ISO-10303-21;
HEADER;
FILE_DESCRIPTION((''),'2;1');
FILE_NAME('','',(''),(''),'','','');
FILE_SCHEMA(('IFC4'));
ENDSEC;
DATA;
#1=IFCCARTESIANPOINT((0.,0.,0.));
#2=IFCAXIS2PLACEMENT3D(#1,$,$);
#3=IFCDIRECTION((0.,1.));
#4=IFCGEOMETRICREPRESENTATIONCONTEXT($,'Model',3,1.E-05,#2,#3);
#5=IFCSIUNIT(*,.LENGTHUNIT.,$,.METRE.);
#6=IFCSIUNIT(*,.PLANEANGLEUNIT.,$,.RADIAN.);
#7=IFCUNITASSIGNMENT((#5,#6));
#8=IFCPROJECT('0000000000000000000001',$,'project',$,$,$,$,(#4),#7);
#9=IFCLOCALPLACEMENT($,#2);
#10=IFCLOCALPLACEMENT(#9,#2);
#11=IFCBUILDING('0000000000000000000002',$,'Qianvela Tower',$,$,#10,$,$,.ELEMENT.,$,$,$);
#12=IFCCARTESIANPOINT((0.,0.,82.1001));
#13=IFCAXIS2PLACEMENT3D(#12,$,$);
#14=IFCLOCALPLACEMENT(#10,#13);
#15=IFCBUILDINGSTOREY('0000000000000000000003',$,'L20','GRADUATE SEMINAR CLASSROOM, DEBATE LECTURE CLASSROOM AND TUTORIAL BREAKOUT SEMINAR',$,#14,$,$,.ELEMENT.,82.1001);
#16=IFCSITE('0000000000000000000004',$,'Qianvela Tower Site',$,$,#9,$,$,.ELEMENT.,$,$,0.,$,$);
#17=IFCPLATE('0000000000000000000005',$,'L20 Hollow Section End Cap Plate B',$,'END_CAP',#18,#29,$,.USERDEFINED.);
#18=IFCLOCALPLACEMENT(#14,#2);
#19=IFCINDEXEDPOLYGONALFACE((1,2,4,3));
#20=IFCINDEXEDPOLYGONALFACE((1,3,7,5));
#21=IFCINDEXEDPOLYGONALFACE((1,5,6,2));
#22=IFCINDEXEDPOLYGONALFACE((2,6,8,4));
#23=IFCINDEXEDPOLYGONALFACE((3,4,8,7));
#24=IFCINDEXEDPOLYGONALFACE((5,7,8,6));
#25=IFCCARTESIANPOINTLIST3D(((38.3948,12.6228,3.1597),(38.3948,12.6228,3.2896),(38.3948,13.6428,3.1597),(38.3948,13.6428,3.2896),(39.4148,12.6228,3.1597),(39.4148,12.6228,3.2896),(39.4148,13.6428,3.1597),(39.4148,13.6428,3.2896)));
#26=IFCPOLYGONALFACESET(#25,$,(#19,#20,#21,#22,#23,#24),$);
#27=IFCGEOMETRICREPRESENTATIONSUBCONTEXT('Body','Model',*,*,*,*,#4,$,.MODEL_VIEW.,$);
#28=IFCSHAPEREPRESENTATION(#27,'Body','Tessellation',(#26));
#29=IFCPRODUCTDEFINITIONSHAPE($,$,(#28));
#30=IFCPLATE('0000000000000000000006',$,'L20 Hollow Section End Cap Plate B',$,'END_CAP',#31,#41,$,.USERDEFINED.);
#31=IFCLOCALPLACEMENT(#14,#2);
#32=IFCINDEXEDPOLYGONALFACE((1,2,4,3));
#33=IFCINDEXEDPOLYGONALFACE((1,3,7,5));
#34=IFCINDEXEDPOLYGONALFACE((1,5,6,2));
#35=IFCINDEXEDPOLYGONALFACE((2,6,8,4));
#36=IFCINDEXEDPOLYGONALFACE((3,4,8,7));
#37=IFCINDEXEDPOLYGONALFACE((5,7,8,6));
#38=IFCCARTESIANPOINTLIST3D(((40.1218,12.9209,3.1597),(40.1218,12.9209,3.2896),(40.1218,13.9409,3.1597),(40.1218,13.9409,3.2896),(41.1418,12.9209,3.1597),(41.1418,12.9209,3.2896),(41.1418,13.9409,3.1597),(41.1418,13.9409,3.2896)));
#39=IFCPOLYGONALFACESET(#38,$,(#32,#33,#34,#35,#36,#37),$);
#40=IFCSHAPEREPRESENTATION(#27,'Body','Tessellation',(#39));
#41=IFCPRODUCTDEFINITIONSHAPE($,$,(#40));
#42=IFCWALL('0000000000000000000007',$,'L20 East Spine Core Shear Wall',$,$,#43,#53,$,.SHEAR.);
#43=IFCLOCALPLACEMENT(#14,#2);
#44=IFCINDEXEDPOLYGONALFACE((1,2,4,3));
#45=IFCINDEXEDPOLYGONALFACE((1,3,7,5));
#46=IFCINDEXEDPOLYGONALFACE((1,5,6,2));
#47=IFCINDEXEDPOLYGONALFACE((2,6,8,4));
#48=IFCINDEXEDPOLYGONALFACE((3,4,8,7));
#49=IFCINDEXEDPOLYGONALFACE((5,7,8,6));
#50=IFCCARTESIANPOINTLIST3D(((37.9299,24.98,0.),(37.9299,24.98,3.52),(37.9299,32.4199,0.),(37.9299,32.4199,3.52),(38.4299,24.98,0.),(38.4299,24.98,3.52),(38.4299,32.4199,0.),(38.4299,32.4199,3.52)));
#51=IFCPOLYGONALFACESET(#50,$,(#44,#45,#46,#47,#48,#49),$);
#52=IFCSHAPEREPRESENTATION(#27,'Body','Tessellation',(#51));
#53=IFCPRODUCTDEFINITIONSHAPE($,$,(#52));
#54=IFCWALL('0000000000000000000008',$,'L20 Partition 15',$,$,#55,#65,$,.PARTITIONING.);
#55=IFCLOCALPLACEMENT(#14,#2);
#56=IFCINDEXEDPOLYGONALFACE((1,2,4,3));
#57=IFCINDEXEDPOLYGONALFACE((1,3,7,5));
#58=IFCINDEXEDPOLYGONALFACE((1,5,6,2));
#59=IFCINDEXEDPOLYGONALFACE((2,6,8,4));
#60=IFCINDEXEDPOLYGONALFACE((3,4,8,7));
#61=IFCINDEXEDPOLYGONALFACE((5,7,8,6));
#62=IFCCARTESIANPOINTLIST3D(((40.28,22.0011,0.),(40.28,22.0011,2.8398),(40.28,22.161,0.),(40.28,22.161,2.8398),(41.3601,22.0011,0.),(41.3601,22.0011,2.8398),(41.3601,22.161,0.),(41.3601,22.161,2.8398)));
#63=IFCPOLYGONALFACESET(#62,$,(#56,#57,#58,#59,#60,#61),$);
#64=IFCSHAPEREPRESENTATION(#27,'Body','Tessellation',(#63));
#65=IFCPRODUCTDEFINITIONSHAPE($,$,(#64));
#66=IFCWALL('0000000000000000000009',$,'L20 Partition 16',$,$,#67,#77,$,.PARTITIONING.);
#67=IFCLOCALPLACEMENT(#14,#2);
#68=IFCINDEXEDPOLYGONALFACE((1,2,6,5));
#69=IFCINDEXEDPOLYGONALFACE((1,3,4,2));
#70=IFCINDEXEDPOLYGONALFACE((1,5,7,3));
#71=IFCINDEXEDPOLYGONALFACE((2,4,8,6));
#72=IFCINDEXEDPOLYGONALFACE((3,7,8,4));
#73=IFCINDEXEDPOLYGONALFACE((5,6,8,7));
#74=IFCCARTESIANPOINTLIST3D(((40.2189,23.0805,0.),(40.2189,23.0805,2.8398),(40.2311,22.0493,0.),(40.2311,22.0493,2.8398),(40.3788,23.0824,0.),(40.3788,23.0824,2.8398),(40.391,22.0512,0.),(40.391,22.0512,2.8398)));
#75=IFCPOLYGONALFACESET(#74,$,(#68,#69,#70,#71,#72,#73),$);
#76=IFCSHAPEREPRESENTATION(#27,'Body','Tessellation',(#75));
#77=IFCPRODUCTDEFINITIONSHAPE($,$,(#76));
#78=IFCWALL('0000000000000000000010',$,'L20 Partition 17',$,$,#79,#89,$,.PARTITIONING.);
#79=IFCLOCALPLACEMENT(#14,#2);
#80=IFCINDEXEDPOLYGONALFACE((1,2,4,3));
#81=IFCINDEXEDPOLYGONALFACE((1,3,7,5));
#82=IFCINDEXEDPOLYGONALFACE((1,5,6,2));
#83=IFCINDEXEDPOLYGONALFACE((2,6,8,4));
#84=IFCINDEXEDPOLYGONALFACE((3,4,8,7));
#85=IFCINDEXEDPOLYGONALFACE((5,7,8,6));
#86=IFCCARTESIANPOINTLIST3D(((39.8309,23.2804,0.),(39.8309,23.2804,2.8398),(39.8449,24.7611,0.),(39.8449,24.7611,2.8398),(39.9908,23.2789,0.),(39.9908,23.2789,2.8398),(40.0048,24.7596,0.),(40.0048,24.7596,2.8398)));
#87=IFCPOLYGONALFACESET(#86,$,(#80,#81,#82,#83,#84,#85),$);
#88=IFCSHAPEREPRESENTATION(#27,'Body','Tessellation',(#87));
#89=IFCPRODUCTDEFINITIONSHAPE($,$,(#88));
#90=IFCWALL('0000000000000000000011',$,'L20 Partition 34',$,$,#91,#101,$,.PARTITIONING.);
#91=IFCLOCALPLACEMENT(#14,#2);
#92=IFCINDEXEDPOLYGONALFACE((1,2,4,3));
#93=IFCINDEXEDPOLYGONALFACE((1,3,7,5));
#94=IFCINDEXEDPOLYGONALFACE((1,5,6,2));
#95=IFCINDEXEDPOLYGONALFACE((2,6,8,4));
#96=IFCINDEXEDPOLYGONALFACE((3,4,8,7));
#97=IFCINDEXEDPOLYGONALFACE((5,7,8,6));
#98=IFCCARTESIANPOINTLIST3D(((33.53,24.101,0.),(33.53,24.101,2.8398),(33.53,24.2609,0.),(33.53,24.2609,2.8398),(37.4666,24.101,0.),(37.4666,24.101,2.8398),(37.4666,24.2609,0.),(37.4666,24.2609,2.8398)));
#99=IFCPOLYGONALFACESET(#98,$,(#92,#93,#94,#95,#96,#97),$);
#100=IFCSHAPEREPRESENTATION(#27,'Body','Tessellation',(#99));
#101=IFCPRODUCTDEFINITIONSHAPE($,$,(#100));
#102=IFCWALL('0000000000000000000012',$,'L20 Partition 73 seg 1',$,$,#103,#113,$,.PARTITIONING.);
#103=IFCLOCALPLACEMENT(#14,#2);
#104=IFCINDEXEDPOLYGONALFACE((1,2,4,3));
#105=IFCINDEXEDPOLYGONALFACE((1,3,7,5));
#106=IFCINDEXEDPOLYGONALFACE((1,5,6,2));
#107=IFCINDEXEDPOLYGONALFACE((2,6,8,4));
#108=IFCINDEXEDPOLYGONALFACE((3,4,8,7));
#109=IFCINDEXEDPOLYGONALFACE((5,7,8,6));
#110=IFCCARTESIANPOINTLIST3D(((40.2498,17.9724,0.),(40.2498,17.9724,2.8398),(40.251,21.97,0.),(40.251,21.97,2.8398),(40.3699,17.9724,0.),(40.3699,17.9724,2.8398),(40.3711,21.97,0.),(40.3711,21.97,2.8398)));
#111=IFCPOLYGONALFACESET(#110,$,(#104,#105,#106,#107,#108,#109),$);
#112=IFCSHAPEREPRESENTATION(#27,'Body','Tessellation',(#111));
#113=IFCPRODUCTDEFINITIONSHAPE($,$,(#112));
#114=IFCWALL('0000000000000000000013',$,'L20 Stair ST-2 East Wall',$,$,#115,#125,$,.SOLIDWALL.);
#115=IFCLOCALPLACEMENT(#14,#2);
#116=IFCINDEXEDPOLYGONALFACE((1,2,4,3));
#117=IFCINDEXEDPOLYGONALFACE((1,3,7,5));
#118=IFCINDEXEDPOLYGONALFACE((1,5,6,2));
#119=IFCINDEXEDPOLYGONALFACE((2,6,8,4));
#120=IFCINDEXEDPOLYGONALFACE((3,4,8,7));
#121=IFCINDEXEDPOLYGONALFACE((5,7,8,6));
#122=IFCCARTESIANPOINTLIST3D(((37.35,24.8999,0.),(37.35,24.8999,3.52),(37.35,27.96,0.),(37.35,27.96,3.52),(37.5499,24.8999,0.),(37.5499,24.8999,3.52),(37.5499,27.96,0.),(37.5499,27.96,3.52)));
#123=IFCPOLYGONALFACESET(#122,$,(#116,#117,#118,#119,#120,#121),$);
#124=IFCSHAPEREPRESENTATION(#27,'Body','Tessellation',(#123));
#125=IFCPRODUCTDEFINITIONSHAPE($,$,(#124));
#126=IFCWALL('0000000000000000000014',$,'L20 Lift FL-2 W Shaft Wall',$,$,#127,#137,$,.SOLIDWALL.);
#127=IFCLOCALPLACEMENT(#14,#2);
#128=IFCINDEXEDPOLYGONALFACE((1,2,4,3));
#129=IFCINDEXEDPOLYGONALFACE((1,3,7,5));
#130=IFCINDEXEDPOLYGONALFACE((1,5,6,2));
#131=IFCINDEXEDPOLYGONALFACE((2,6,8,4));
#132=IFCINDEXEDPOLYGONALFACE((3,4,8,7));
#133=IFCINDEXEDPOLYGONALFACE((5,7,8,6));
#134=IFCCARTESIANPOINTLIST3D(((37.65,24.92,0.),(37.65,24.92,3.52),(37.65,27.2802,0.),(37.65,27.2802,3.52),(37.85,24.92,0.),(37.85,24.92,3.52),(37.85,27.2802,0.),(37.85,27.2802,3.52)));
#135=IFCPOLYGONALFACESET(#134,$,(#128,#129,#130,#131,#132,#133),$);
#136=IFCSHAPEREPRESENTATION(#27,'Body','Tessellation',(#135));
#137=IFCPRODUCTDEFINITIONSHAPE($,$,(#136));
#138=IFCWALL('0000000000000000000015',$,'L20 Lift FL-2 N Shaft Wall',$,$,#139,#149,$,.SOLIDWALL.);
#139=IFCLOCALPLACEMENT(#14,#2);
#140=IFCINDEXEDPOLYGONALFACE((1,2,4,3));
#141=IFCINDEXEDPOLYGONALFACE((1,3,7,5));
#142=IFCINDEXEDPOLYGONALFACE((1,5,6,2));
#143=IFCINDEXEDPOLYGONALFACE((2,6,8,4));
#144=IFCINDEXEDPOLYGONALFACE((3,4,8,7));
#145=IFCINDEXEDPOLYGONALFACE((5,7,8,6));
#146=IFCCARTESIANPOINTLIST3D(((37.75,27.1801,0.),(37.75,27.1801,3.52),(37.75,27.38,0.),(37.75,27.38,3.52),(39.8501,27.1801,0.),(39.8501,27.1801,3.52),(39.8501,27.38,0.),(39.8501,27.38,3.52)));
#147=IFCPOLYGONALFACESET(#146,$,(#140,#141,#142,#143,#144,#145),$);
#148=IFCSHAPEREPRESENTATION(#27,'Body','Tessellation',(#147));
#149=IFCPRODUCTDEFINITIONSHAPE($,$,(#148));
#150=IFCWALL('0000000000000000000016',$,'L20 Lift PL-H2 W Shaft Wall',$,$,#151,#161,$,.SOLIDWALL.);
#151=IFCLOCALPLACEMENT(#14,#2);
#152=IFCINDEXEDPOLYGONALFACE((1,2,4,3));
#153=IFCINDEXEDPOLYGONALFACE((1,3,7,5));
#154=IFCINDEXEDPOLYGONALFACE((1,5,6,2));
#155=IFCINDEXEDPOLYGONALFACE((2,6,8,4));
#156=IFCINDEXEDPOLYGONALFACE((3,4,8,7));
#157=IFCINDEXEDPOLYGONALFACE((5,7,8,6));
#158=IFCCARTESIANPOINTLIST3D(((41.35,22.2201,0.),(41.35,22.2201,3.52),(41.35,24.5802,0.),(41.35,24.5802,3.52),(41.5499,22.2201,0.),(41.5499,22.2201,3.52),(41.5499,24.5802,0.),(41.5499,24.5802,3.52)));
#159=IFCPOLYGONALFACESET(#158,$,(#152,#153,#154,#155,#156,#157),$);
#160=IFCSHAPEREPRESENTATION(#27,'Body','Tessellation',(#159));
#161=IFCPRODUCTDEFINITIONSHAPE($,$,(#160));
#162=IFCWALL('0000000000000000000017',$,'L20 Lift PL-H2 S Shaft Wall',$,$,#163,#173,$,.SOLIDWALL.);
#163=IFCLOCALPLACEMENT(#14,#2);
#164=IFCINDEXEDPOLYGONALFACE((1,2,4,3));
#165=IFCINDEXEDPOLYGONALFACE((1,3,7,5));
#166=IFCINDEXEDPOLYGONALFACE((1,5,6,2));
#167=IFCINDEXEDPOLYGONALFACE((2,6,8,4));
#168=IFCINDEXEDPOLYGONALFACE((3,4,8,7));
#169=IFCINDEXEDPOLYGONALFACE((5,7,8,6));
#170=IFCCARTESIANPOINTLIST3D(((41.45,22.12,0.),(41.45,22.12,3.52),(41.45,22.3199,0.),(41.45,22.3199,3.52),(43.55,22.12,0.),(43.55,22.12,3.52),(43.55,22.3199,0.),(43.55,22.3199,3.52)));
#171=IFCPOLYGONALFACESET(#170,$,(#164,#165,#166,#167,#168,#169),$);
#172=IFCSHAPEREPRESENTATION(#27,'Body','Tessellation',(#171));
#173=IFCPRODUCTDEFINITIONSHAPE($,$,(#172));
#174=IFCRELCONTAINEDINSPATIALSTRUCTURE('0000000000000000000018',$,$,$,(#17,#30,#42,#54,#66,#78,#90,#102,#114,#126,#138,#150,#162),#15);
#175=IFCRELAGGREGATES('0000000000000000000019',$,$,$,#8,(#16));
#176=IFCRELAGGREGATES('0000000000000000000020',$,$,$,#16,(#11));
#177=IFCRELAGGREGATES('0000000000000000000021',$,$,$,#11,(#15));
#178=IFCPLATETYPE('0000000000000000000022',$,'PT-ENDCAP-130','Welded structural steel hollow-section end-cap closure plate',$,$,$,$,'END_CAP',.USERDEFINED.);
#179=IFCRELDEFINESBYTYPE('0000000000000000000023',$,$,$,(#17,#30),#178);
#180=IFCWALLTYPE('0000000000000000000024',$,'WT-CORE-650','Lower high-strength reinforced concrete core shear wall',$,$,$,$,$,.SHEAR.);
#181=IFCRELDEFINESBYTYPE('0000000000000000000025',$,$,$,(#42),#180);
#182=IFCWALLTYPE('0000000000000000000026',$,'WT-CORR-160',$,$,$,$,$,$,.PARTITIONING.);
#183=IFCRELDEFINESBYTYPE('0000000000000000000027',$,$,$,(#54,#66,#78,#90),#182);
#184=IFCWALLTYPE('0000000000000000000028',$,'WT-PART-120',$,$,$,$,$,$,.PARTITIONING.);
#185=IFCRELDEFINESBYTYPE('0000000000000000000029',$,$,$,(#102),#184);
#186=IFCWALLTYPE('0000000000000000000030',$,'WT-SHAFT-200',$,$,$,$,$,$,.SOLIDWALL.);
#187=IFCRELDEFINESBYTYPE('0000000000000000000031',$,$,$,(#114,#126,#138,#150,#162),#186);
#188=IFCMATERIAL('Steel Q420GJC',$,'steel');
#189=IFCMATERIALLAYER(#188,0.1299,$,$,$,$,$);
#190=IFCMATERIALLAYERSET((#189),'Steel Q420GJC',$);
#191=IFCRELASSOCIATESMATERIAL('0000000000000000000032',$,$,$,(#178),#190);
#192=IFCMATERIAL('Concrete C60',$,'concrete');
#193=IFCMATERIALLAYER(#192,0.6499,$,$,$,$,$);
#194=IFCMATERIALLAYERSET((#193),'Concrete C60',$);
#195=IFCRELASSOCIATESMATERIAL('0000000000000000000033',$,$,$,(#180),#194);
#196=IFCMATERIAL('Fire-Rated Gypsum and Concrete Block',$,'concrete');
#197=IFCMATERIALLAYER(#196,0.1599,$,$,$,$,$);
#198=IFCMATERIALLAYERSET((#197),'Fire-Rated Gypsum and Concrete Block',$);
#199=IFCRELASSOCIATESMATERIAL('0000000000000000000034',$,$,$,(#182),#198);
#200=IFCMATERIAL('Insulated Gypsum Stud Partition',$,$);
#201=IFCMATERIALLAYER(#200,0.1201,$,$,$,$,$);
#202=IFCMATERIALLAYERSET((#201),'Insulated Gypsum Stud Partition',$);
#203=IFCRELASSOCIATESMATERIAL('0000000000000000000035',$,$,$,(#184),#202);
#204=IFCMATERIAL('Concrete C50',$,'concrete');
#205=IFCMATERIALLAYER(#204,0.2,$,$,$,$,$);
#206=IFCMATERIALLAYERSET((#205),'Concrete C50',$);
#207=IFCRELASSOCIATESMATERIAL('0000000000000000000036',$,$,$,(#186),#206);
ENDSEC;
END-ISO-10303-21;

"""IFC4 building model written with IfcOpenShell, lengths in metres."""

from ifc_helpers import new_model, si_unit, direction, frame, frame_2d, origin, origin_2d, place, context, subcontext, project, spatial, rectangle, extrude, material, layer, layer_set, type_object, element, save


model = new_model("IFC4")

# Units and contexts
model_context = context("Model", 3, precision=1e-05, world=origin(), true_north=direction((0.0, 1.0)))
body_context = subcontext(model_context, "Body", "Model", "MODEL_VIEW")
ifc_project = project(units=[si_unit("LENGTHUNIT", "METRE"), si_unit("PLANEANGLEUNIT", "RADIAN")], contexts=[model_context])

# Site, building, storey
site_placement = place(None, origin())
site = spatial("IfcSite", under=ifc_project, at=site_placement, Name="Qianvela Tower Site", CompositionType="ELEMENT", RefElevation=0.0)
building_placement = place(site_placement, origin())
building = spatial("IfcBuilding", under=site, at=building_placement, Name="Qianvela Tower", CompositionType="ELEMENT")
storey_placement = place(building_placement, frame((0.0, 0.0, 82.1001)))
storey = spatial("IfcBuildingStorey", under=building, at=storey_placement, Name="L20", Description="GRADUATE SEMINAR CLASSROOM, DEBATE LECTURE CLASSROOM AND TUTORIAL BREAKOUT SEMINAR", CompositionType="ELEMENT", Elevation=82.1001)

# Plates
ifc_material_1 = material(Name="Steel Q420GJC", Category="steel")
ifc_layer_1 = layer(ifc_material_1, 0.1299)
ifc_layer_set_1 = layer_set([ifc_layer_1], Name="Steel Q420GJC")
plate_type_1 = type_object("IfcPlateType", Name="PT-ENDCAP-130", Description="Welded structural steel hollow-section end-cap closure plate", ElementType="END_CAP", PredefinedType="USERDEFINED", material=ifc_layer_set_1)
for number, where, z_axis, x_axis, name in (
    (1, (38.9048, 13.1328, 3.1597), (0.0, 0.0, 1.0), (1.0, 0.0, 0.0), "L20 Hollow Section End Cap Plate B"),
    (2, (40.6318, 13.4309, 3.1597), (0.0, 0.0, 1.0), (1.0, 0.0, 0.0), "L20 Hollow Section End Cap Plate B"),
):
    element("IfcPlate", number, at=place(storey_placement, frame(where, z_axis=z_axis, x_axis=x_axis)), inside=storey, type_object=plate_type_1, Name=name, ObjectType="END_CAP", PredefinedType="USERDEFINED", context=body_context, shape_type="SweptSolid", body=[
        extrude(rectangle(XDim=1.02, YDim=1.02, at=origin_2d()), origin(), (0.0, 0.0, 1.0), 0.1299),
    ])

# Walls
ifc_material_2 = material(Name="Concrete C60", Category="concrete")
ifc_layer_2 = layer(ifc_material_2, 0.6499)
ifc_layer_set_2 = layer_set([ifc_layer_2], Name="Concrete C60")
wall_type_1 = type_object("IfcWallType", Name="WT-CORE-650", Description="Lower high-strength reinforced concrete core shear wall", PredefinedType="SHEAR", material=ifc_layer_set_2)
wall_1_placement = place(storey_placement, frame((38.1799, 24.98, 0.0), z_axis=(0.0, 0.0, 1.0), x_axis=(0.0, 1.0, 0.0)))
element("IfcWall", 3, at=wall_1_placement, inside=storey, type_object=wall_type_1, Name="L20 East Spine Core Shear Wall", PredefinedType="SHEAR", context=body_context, shape_type="SweptSolid", body=[
    extrude(rectangle(XDim=7.4399, YDim=0.5, at=frame_2d((3.72, 0.0))), origin(), (0.0, 0.0, 1.0), 3.52),
])
ifc_material_3 = material(Name="Fire-Rated Gypsum and Concrete Block", Category="concrete")
ifc_layer_3 = layer(ifc_material_3, 0.1599)
ifc_layer_set_3 = layer_set([ifc_layer_3], Name="Fire-Rated Gypsum and Concrete Block")
wall_type_2 = type_object("IfcWallType", Name="WT-CORR-160", PredefinedType="PARTITIONING", material=ifc_layer_set_3)
wall_2_placement = place(storey_placement, frame((41.3601, 22.0811, 0.0), z_axis=(0.0, 0.0, 1.0), x_axis=(-1.0, 0.0, 0.0)))
element("IfcWall", 4, at=wall_2_placement, inside=storey, type_object=wall_type_2, Name="L20 Partition 15", PredefinedType="PARTITIONING", context=body_context, shape_type="SweptSolid", body=[
    extrude(rectangle(XDim=1.0801, YDim=0.1599, at=frame_2d((0.54, 0.0))), origin(), (0.0, 0.0, 1.0), 2.8398),
])
wall_3_placement = place(storey_placement, frame((40.311, 22.0503, 0.0), z_axis=(0.0, 0.0, 1.0), x_axis=(-0.011836, 0.99993, 0.0)))
element("IfcWall", 5, at=wall_3_placement, inside=storey, type_object=wall_type_2, Name="L20 Partition 16", PredefinedType="PARTITIONING", context=body_context, shape_type="SweptSolid", body=[
    extrude(rectangle(XDim=1.0312, YDim=0.1599, at=frame_2d((0.5156, 0.0))), origin(), (0.0, 0.0, 1.0), 2.8398),
])
wall_4_placement = place(storey_placement, frame((39.9109, 23.2798, 0.0), z_axis=(0.0, 0.0, 1.0), x_axis=(0.009398, 0.999956, 0.0)))
element("IfcWall", 6, at=wall_4_placement, inside=storey, type_object=wall_type_2, Name="L20 Partition 17", PredefinedType="PARTITIONING", context=body_context, shape_type="SweptSolid", body=[
    extrude(rectangle(XDim=1.4807, YDim=0.1599, at=frame_2d((0.7402, 0.0))), origin(), (0.0, 0.0, 1.0), 2.8398),
])
wall_5_placement = place(storey_placement, frame((37.4666, 24.1809, 0.0), z_axis=(0.0, 0.0, 1.0), x_axis=(-1.0, 0.0, 0.0)))
element("IfcWall", 7, at=wall_5_placement, inside=storey, type_object=wall_type_2, Name="L20 Partition 34", PredefinedType="PARTITIONING", context=body_context, shape_type="SweptSolid", body=[
    extrude(rectangle(XDim=3.9365, YDim=0.1599, at=frame_2d((1.9683, 0.0))), origin(), (0.0, 0.0, 1.0), 2.8398),
])
ifc_material_4 = material(Name="Insulated Gypsum Stud Partition")
ifc_layer_4 = layer(ifc_material_4, 0.1201)
ifc_layer_set_4 = layer_set([ifc_layer_4], Name="Insulated Gypsum Stud Partition")
wall_type_3 = type_object("IfcWallType", Name="WT-PART-120", PredefinedType="PARTITIONING", material=ifc_layer_set_4)
wall_6_placement = place(storey_placement, frame((40.3098, 17.9724, 0.0), z_axis=(0.0, 0.0, 1.0), x_axis=(0.000305, 1.0, 0.0)))
element("IfcWall", 8, at=wall_6_placement, inside=storey, type_object=wall_type_3, Name="L20 Partition 73 seg 1", PredefinedType="PARTITIONING", context=body_context, shape_type="SweptSolid", body=[
    extrude(rectangle(XDim=3.9976, YDim=0.1201, at=frame_2d((1.9988, 0.0))), origin(), (0.0, 0.0, 1.0), 2.8398),
])
ifc_material_5 = material(Name="Concrete C50", Category="concrete")
ifc_layer_5 = layer(ifc_material_5, 0.2)
ifc_layer_set_5 = layer_set([ifc_layer_5], Name="Concrete C50")
wall_type_4 = type_object("IfcWallType", Name="WT-SHAFT-200", PredefinedType="SOLIDWALL", material=ifc_layer_set_5)
wall_7_placement = place(storey_placement, frame((37.45, 24.8999, 0.0), z_axis=(0.0, 0.0, 1.0), x_axis=(0.0, 1.0, 0.0)))
element("IfcWall", 9, at=wall_7_placement, inside=storey, type_object=wall_type_4, Name="L20 Stair ST-2 East Wall", PredefinedType="SOLIDWALL", context=body_context, shape_type="SweptSolid", body=[
    extrude(rectangle(XDim=3.0601, YDim=0.2, at=frame_2d((1.53, 0.0))), origin(), (0.0, 0.0, 1.0), 3.52),
])

# Walls
wall_8_placement = place(storey_placement, frame((37.75, 24.9199, 0.0), z_axis=(0.0, 0.0, 1.0), x_axis=(0.0, 1.0, 0.0)))
element("IfcWall", 10, at=wall_8_placement, inside=storey, type_object=wall_type_4, Name="L20 Lift FL-2 W Shaft Wall", PredefinedType="SOLIDWALL", context=body_context, shape_type="SweptSolid", body=[
    extrude(rectangle(XDim=2.3601, YDim=0.2, at=frame_2d((1.1802, 0.0))), origin(), (0.0, 0.0, 1.0), 3.52),
])
wall_9_placement = place(storey_placement, frame((37.75, 27.28, 0.0), z_axis=(0.0, 0.0, 1.0), x_axis=(1.0, 0.0, 0.0)))
element("IfcWall", 11, at=wall_9_placement, inside=storey, type_object=wall_type_4, Name="L20 Lift FL-2 N Shaft Wall", PredefinedType="SOLIDWALL", context=body_context, shape_type="SweptSolid", body=[
    extrude(rectangle(XDim=2.1001, YDim=0.2, at=frame_2d((1.05, 0.0))), origin(), (0.0, 0.0, 1.0), 3.52),
])
wall_10_placement = place(storey_placement, frame((41.45, 22.22, 0.0), z_axis=(0.0, 0.0, 1.0), x_axis=(0.0, 1.0, 0.0)))
element("IfcWall", 12, at=wall_10_placement, inside=storey, type_object=wall_type_4, Name="L20 Lift PL-H2 W Shaft Wall", PredefinedType="SOLIDWALL", context=body_context, shape_type="SweptSolid", body=[
    extrude(rectangle(XDim=2.3601, YDim=0.2, at=frame_2d((1.1802, 0.0))), origin(), (0.0, 0.0, 1.0), 3.52),
])
wall_11_placement = place(storey_placement, frame((41.45, 22.22, 0.0), z_axis=(0.0, 0.0, 1.0), x_axis=(1.0, 0.0, 0.0)))
element("IfcWall", 13, at=wall_11_placement, inside=storey, type_object=wall_type_4, Name="L20 Lift PL-H2 S Shaft Wall", PredefinedType="SOLIDWALL", context=body_context, shape_type="SweptSolid", body=[
    extrude(rectangle(XDim=2.1001, YDim=0.2, at=frame_2d((1.05, 0.0))), origin(), (0.0, 0.0, 1.0), 3.52),
])

save(model, "model.ifc")
